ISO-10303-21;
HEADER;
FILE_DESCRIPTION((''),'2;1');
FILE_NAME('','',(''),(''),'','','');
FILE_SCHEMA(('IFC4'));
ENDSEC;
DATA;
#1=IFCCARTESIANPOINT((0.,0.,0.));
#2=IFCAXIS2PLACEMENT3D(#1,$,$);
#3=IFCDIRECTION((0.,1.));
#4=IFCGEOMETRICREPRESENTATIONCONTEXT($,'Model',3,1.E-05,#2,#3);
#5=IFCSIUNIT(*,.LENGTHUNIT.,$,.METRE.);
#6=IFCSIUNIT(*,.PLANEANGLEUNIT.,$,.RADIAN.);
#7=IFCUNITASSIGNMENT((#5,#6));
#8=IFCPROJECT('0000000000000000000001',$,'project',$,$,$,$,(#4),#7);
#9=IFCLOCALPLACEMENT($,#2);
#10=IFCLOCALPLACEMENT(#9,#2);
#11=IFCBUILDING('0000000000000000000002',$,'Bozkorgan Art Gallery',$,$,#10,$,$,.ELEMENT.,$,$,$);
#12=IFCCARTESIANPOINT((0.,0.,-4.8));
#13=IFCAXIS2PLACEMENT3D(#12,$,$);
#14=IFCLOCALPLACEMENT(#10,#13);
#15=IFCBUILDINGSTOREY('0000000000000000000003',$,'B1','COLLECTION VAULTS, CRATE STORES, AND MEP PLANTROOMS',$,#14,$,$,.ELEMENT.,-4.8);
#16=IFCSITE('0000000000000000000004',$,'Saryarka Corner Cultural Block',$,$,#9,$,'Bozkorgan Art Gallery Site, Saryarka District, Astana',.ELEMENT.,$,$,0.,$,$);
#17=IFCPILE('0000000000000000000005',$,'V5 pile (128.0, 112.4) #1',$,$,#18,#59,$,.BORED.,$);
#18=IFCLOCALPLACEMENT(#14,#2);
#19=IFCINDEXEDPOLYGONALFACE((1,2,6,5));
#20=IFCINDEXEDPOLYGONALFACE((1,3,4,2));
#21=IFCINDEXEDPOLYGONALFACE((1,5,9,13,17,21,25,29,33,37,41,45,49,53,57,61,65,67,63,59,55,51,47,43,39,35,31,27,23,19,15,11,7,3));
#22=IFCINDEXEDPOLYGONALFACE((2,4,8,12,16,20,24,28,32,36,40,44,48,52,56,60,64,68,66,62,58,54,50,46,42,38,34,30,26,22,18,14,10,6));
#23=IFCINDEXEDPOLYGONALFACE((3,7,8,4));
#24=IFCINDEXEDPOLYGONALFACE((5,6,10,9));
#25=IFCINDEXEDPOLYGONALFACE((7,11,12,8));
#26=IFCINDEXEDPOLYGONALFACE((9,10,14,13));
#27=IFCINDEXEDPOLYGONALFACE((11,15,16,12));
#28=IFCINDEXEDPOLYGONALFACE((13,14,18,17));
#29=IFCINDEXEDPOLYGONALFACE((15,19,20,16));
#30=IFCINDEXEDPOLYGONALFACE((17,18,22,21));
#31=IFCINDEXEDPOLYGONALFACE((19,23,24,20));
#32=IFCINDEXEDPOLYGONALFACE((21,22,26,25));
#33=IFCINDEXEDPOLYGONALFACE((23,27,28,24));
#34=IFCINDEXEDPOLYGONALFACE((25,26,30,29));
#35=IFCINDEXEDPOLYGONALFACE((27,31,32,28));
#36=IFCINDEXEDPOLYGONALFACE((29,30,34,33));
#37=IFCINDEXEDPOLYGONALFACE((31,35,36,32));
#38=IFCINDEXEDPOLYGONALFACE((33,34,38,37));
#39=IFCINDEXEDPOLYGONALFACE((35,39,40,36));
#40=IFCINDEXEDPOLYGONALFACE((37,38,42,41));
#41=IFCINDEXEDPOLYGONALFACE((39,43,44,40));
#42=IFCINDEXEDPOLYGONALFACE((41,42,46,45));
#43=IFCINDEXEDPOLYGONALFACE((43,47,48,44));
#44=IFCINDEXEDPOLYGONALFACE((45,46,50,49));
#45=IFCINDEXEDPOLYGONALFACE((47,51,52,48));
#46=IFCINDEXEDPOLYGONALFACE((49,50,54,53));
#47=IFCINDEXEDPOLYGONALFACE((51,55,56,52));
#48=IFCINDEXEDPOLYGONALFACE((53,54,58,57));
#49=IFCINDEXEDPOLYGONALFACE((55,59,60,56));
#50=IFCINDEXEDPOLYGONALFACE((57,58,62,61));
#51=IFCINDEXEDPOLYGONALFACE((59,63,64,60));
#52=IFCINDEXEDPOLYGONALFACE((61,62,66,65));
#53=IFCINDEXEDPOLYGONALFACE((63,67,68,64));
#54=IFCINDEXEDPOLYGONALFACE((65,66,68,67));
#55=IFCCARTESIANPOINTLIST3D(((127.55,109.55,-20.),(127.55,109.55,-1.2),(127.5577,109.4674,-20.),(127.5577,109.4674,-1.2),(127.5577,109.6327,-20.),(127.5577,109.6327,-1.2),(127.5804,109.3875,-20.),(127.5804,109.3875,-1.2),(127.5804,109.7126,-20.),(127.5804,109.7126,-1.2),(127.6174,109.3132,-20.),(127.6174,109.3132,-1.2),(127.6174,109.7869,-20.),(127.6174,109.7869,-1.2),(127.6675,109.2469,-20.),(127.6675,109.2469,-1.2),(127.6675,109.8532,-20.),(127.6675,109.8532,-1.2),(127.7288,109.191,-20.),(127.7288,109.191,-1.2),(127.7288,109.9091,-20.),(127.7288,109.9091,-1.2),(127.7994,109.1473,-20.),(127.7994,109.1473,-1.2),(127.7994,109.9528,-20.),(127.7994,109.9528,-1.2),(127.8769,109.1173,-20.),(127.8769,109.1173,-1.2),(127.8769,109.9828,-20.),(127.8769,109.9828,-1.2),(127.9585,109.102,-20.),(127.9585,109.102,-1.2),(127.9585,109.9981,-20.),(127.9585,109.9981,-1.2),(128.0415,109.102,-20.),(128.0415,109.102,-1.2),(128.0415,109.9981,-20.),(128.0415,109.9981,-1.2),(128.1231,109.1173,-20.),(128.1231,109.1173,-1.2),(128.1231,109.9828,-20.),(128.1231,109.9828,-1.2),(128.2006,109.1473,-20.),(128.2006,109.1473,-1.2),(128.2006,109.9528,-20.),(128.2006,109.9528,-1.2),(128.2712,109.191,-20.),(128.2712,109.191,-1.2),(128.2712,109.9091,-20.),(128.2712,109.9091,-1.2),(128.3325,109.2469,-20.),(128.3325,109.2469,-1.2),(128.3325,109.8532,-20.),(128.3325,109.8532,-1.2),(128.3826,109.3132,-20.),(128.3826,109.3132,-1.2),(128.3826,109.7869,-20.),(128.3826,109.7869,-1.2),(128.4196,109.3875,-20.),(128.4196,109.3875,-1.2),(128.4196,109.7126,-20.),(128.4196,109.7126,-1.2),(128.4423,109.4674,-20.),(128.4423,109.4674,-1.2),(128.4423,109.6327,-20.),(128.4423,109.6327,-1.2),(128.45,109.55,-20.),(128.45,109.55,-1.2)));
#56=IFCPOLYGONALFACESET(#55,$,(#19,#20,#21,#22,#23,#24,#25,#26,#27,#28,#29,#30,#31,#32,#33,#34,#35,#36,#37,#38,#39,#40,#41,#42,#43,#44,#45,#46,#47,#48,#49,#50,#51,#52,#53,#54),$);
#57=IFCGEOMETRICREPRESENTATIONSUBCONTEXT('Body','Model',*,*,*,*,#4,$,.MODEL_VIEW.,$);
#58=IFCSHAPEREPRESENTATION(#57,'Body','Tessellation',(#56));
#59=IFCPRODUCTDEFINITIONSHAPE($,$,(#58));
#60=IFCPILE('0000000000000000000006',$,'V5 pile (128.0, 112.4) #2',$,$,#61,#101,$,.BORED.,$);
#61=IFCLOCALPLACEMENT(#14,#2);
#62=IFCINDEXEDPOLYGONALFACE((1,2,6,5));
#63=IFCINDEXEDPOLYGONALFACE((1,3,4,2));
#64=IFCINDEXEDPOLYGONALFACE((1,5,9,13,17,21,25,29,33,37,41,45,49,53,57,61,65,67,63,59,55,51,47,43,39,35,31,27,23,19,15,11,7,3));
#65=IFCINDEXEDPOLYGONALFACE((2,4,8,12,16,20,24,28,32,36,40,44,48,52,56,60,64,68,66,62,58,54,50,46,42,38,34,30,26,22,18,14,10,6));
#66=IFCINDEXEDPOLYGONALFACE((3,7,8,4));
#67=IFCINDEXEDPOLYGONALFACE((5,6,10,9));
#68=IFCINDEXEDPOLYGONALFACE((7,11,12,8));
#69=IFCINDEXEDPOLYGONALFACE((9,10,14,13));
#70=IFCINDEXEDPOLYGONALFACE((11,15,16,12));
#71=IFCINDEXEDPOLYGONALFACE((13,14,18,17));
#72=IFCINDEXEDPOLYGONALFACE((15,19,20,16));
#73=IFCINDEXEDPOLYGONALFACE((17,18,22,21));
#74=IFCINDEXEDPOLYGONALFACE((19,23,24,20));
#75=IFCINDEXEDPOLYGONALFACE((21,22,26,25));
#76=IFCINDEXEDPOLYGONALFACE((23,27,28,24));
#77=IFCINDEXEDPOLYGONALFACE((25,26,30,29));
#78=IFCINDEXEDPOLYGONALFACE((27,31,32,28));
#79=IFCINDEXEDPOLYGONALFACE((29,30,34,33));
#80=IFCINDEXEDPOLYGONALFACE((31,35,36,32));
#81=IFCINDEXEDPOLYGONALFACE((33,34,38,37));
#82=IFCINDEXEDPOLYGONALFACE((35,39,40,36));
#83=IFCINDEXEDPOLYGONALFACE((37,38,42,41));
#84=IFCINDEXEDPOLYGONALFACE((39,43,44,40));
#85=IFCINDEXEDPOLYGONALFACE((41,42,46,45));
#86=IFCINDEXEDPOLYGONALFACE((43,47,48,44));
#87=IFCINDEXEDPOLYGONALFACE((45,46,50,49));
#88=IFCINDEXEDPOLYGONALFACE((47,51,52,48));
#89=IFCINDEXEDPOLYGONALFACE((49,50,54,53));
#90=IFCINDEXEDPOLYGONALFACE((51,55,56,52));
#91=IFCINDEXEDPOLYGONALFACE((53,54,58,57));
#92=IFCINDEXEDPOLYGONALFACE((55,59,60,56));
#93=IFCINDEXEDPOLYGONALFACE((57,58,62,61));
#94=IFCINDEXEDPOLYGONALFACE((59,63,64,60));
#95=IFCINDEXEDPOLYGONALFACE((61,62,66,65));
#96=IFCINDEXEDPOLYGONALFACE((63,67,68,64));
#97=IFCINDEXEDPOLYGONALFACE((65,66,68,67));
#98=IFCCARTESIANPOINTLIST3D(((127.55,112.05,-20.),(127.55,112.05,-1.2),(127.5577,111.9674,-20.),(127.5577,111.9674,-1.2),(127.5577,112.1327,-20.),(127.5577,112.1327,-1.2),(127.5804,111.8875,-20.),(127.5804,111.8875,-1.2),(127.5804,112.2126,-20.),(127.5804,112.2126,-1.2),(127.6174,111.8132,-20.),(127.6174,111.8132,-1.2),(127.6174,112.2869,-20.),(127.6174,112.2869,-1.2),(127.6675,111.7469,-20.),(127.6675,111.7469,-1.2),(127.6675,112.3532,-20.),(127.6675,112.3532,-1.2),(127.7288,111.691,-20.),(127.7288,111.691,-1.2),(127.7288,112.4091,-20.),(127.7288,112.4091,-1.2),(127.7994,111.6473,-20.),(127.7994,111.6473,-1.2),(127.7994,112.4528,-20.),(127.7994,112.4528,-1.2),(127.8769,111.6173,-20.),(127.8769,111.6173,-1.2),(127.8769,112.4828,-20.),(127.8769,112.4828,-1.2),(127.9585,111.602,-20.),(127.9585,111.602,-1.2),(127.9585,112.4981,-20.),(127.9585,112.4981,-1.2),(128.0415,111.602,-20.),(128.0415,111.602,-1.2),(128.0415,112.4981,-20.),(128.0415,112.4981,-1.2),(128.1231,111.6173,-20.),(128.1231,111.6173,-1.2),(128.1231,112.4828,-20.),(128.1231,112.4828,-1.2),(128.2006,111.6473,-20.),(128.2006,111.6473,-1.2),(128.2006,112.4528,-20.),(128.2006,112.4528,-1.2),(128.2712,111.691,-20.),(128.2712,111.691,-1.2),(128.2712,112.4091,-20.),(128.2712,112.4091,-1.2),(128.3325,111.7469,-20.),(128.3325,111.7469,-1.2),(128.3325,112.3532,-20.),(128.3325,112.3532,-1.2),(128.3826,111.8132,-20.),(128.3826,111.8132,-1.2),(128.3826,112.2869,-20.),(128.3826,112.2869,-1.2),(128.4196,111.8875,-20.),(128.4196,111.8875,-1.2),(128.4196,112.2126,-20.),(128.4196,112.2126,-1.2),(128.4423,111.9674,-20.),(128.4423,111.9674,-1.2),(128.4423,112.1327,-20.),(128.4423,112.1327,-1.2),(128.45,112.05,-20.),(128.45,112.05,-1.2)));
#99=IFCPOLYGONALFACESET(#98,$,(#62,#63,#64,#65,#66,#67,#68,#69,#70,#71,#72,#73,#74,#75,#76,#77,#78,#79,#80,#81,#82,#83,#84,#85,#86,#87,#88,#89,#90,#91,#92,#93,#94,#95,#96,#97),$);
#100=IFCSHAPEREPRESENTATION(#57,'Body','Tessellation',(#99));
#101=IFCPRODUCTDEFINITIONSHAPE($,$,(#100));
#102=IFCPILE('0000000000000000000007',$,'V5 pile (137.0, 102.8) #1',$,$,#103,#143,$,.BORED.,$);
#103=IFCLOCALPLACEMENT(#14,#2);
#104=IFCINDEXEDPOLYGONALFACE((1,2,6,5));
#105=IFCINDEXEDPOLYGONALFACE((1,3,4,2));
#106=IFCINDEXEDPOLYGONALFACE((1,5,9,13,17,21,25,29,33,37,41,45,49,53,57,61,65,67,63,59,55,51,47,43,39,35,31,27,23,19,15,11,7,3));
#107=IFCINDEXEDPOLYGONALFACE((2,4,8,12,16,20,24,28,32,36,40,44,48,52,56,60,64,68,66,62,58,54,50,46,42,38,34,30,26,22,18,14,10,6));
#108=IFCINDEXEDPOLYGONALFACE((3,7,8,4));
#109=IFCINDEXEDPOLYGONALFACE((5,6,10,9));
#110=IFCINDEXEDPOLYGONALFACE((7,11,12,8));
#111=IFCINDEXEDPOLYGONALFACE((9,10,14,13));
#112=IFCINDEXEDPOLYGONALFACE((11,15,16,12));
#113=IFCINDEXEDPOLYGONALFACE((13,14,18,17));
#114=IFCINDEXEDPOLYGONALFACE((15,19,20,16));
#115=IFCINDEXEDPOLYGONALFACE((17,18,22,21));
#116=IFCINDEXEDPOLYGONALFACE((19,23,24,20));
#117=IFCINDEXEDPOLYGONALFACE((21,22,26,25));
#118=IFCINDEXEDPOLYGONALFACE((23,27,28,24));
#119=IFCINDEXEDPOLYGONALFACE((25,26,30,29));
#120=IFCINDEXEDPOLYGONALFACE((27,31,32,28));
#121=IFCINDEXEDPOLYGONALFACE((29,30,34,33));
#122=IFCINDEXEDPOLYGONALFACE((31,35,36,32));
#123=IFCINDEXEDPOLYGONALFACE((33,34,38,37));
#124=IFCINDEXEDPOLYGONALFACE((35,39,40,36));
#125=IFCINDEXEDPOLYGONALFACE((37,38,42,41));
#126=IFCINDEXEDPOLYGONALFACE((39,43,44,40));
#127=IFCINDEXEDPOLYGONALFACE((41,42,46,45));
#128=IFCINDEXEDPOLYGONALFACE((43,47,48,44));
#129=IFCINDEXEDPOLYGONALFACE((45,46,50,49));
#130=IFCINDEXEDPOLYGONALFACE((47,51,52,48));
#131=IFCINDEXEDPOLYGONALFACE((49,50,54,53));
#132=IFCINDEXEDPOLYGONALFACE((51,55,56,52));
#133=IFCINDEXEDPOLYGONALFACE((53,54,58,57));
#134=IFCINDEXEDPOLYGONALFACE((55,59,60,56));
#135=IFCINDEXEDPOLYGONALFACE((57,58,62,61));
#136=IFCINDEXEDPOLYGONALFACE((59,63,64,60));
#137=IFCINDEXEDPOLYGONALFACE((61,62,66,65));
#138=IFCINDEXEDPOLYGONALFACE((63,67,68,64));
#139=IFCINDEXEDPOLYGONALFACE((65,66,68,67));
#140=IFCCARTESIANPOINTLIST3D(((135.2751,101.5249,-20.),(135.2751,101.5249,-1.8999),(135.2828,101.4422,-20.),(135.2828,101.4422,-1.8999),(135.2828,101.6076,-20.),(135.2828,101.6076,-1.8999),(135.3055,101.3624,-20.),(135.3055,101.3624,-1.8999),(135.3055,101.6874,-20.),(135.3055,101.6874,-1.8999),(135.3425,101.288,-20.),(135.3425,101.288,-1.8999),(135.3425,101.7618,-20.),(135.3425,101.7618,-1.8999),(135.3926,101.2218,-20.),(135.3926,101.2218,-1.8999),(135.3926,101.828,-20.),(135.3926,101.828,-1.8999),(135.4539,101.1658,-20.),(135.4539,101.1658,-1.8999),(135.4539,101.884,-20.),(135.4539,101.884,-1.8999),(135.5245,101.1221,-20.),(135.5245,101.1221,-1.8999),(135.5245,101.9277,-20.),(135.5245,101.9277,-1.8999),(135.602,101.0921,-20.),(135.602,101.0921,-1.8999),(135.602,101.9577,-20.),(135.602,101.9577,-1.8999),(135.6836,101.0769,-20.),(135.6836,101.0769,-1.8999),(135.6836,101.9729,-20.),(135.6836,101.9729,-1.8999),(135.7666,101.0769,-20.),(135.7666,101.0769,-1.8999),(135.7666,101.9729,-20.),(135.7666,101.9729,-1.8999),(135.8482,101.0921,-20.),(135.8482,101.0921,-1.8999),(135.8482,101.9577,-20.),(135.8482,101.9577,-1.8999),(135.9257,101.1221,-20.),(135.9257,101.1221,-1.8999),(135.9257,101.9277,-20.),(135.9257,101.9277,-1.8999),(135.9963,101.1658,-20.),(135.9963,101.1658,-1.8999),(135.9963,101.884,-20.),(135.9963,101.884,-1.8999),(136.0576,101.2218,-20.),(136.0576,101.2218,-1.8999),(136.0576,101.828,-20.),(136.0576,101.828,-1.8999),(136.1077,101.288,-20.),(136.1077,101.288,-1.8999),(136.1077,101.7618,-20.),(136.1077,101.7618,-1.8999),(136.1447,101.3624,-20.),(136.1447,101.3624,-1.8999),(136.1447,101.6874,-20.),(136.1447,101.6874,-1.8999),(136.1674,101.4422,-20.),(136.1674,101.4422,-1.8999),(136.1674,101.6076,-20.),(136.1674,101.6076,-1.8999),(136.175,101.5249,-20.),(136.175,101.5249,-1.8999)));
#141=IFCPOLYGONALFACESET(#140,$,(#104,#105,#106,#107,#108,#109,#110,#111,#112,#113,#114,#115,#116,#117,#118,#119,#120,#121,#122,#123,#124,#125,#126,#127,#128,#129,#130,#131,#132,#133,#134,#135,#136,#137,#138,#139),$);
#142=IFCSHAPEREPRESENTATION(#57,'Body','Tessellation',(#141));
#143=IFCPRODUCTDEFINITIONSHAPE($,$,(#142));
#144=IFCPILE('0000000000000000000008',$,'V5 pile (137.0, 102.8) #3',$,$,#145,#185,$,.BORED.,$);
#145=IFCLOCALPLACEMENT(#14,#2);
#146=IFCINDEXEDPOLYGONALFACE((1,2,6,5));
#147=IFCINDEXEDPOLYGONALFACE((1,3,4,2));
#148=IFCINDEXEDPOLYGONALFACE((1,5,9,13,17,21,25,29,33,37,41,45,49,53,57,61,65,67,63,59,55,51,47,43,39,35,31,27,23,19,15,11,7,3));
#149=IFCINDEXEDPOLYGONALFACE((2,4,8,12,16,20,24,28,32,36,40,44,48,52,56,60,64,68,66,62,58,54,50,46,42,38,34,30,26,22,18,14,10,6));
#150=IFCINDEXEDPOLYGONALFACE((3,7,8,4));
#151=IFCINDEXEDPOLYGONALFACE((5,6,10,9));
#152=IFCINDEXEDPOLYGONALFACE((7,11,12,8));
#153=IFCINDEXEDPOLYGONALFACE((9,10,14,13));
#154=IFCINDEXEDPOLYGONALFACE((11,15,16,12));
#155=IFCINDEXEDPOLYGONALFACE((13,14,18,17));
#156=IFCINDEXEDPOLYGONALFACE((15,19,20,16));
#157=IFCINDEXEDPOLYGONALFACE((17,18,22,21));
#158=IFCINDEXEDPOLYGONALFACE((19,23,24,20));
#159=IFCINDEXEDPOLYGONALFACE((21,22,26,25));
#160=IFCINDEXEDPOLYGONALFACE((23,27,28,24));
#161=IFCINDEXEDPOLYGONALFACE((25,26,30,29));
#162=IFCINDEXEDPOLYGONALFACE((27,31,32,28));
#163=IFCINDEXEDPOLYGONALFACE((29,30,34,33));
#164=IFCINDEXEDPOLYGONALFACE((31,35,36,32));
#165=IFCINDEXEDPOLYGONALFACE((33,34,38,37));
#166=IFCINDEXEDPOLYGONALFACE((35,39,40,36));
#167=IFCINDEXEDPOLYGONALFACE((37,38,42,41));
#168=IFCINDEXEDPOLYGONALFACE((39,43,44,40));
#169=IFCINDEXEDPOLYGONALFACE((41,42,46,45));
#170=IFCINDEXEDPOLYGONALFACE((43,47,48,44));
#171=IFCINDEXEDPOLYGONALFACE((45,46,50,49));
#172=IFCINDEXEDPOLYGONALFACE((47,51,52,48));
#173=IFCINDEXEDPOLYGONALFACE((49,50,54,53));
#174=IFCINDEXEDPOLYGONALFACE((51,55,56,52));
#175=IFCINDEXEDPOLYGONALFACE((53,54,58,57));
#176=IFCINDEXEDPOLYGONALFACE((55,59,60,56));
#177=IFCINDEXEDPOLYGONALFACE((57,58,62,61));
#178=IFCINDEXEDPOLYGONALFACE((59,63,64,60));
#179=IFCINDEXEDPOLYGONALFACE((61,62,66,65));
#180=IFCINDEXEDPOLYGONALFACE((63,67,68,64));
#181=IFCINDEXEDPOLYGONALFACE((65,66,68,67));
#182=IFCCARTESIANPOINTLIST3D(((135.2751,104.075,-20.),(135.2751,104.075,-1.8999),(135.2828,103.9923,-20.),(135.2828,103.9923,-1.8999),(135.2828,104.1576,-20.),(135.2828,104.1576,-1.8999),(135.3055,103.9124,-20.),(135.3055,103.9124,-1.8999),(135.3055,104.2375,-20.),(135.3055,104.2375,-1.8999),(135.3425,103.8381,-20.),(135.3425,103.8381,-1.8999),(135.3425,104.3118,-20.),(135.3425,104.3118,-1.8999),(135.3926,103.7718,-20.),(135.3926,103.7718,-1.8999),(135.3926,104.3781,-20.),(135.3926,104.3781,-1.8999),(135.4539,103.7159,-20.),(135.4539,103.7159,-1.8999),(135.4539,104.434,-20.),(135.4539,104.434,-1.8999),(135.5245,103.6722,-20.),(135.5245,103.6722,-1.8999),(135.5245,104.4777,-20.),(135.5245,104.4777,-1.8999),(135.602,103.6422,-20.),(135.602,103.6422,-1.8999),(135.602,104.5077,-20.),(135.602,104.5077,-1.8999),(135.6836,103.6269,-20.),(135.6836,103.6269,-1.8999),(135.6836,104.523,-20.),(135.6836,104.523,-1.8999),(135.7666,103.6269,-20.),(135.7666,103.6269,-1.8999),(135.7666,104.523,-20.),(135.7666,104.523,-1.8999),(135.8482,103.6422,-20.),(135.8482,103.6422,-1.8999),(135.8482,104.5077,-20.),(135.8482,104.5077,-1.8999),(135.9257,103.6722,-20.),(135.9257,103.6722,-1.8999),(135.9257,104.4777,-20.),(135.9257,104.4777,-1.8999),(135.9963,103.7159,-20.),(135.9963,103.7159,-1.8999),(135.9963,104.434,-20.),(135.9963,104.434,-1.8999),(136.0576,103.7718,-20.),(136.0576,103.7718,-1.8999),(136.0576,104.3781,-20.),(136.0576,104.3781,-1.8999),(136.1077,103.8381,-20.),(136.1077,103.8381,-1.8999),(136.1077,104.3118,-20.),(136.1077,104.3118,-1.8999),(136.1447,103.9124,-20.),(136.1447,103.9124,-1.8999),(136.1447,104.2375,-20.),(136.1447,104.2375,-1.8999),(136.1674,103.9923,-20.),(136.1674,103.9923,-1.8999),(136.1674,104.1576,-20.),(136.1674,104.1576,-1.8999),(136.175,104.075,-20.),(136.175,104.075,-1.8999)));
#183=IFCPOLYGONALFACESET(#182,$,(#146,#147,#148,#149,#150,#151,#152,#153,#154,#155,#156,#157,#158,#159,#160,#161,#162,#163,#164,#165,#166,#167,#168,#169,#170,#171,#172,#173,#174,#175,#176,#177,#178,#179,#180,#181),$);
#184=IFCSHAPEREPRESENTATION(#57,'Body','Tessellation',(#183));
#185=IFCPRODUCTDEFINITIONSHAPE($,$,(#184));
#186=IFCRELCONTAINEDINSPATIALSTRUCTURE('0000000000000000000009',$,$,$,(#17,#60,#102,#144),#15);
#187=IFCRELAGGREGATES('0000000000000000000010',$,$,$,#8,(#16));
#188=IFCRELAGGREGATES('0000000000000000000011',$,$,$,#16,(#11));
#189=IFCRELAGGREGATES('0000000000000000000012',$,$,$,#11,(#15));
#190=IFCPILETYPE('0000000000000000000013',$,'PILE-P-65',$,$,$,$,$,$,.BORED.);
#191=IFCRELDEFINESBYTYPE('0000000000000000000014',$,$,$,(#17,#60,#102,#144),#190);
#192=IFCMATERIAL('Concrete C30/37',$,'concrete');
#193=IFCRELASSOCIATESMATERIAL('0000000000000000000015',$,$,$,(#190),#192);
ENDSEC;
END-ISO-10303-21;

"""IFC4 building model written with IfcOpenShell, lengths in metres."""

from ifc_helpers import new_model, si_unit, direction, frame, origin, origin_2d, place, context, subcontext, project, spatial, circle, extrude, material, material_profile, profile_set, type_object, element, save


model = new_model("IFC4")

# Units and contexts
model_context = context("Model", 3, precision=1e-05, world=origin(), true_north=direction((0.0, 1.0)))
body_context = subcontext(model_context, "Body", "Model", "MODEL_VIEW")
ifc_project = project(units=[si_unit("LENGTHUNIT", "METRE"), si_unit("PLANEANGLEUNIT", "RADIAN")], contexts=[model_context])

# Site, building, storey
site_placement = place(None, origin())
site = spatial("IfcSite", under=ifc_project, at=site_placement, Name="Saryarka Corner Cultural Block", LongName="Bozkorgan Art Gallery Site, Saryarka District, Astana", CompositionType="ELEMENT", RefElevation=0.0)
building_placement = place(site_placement, origin())
building = spatial("IfcBuilding", under=site, at=building_placement, Name="Bozkorgan Art Gallery", CompositionType="ELEMENT")
storey_placement = place(building_placement, frame((0.0, 0.0, -4.8)))
storey = spatial("IfcBuildingStorey", under=building, at=storey_placement, Name="B1", Description="COLLECTION VAULTS, CRATE STORES, AND MEP PLANTROOMS", CompositionType="ELEMENT", Elevation=-4.8)

# Shared definitions
ifc_material_1 = material(Name="Concrete C30/37", Category="concrete")

# Piles
ifc_material_profile_1 = material_profile(ifc_material_1, circle(Radius=0.45, at=origin_2d()), Name="PILE D900")
ifc_profile_set_1 = profile_set([ifc_material_profile_1], Name="Concrete C30/37")
pile_type_1 = type_object("IfcPileType", Name="PILE-P-65", PredefinedType="BORED", material=ifc_profile_set_1)
for number, where, z_axis, x_axis, name in (
    (1, (128.0, 109.55, -1.2), (0.0, 0.0, -1.0), (1.0, 0.0, 0.0), "V5 pile (128.0, 112.4) #1"),
    (2, (128.0, 112.05, -1.2), (0.0, 0.0, -1.0), (1.0, 0.0, 0.0), "V5 pile (128.0, 112.4) #2"),
):
    element("IfcPile", number, at=place(storey_placement, frame(where, z_axis=z_axis, x_axis=x_axis)), inside=storey, type_object=pile_type_1, Name=name, PredefinedType="BORED", context=body_context, shape_type="SweptSolid", body=[
        extrude(circle(Radius=0.45, at=origin_2d()), origin(), (0.0, 0.0, 1.0), 18.8),
    ])
for number, where, z_axis, x_axis, name in (
    (3, (135.7251, 101.5249, -1.8999), (0.0, 0.0, -1.0), (1.0, 0.0, 0.0), "V5 pile (137.0, 102.8) #1"),
    (4, (135.7251, 104.075, -1.8999), (0.0, 0.0, -1.0), (1.0, 0.0, 0.0), "V5 pile (137.0, 102.8) #3"),
):
    element("IfcPile", number, at=place(storey_placement, frame(where, z_axis=z_axis, x_axis=x_axis)), inside=storey, type_object=pile_type_1, Name=name, PredefinedType="BORED", context=body_context, shape_type="SweptSolid", body=[
        extrude(circle(Radius=0.45, at=origin_2d()), origin(), (0.0, 0.0, 1.0), 18.1001),
    ])

save(model, "model.ifc")
